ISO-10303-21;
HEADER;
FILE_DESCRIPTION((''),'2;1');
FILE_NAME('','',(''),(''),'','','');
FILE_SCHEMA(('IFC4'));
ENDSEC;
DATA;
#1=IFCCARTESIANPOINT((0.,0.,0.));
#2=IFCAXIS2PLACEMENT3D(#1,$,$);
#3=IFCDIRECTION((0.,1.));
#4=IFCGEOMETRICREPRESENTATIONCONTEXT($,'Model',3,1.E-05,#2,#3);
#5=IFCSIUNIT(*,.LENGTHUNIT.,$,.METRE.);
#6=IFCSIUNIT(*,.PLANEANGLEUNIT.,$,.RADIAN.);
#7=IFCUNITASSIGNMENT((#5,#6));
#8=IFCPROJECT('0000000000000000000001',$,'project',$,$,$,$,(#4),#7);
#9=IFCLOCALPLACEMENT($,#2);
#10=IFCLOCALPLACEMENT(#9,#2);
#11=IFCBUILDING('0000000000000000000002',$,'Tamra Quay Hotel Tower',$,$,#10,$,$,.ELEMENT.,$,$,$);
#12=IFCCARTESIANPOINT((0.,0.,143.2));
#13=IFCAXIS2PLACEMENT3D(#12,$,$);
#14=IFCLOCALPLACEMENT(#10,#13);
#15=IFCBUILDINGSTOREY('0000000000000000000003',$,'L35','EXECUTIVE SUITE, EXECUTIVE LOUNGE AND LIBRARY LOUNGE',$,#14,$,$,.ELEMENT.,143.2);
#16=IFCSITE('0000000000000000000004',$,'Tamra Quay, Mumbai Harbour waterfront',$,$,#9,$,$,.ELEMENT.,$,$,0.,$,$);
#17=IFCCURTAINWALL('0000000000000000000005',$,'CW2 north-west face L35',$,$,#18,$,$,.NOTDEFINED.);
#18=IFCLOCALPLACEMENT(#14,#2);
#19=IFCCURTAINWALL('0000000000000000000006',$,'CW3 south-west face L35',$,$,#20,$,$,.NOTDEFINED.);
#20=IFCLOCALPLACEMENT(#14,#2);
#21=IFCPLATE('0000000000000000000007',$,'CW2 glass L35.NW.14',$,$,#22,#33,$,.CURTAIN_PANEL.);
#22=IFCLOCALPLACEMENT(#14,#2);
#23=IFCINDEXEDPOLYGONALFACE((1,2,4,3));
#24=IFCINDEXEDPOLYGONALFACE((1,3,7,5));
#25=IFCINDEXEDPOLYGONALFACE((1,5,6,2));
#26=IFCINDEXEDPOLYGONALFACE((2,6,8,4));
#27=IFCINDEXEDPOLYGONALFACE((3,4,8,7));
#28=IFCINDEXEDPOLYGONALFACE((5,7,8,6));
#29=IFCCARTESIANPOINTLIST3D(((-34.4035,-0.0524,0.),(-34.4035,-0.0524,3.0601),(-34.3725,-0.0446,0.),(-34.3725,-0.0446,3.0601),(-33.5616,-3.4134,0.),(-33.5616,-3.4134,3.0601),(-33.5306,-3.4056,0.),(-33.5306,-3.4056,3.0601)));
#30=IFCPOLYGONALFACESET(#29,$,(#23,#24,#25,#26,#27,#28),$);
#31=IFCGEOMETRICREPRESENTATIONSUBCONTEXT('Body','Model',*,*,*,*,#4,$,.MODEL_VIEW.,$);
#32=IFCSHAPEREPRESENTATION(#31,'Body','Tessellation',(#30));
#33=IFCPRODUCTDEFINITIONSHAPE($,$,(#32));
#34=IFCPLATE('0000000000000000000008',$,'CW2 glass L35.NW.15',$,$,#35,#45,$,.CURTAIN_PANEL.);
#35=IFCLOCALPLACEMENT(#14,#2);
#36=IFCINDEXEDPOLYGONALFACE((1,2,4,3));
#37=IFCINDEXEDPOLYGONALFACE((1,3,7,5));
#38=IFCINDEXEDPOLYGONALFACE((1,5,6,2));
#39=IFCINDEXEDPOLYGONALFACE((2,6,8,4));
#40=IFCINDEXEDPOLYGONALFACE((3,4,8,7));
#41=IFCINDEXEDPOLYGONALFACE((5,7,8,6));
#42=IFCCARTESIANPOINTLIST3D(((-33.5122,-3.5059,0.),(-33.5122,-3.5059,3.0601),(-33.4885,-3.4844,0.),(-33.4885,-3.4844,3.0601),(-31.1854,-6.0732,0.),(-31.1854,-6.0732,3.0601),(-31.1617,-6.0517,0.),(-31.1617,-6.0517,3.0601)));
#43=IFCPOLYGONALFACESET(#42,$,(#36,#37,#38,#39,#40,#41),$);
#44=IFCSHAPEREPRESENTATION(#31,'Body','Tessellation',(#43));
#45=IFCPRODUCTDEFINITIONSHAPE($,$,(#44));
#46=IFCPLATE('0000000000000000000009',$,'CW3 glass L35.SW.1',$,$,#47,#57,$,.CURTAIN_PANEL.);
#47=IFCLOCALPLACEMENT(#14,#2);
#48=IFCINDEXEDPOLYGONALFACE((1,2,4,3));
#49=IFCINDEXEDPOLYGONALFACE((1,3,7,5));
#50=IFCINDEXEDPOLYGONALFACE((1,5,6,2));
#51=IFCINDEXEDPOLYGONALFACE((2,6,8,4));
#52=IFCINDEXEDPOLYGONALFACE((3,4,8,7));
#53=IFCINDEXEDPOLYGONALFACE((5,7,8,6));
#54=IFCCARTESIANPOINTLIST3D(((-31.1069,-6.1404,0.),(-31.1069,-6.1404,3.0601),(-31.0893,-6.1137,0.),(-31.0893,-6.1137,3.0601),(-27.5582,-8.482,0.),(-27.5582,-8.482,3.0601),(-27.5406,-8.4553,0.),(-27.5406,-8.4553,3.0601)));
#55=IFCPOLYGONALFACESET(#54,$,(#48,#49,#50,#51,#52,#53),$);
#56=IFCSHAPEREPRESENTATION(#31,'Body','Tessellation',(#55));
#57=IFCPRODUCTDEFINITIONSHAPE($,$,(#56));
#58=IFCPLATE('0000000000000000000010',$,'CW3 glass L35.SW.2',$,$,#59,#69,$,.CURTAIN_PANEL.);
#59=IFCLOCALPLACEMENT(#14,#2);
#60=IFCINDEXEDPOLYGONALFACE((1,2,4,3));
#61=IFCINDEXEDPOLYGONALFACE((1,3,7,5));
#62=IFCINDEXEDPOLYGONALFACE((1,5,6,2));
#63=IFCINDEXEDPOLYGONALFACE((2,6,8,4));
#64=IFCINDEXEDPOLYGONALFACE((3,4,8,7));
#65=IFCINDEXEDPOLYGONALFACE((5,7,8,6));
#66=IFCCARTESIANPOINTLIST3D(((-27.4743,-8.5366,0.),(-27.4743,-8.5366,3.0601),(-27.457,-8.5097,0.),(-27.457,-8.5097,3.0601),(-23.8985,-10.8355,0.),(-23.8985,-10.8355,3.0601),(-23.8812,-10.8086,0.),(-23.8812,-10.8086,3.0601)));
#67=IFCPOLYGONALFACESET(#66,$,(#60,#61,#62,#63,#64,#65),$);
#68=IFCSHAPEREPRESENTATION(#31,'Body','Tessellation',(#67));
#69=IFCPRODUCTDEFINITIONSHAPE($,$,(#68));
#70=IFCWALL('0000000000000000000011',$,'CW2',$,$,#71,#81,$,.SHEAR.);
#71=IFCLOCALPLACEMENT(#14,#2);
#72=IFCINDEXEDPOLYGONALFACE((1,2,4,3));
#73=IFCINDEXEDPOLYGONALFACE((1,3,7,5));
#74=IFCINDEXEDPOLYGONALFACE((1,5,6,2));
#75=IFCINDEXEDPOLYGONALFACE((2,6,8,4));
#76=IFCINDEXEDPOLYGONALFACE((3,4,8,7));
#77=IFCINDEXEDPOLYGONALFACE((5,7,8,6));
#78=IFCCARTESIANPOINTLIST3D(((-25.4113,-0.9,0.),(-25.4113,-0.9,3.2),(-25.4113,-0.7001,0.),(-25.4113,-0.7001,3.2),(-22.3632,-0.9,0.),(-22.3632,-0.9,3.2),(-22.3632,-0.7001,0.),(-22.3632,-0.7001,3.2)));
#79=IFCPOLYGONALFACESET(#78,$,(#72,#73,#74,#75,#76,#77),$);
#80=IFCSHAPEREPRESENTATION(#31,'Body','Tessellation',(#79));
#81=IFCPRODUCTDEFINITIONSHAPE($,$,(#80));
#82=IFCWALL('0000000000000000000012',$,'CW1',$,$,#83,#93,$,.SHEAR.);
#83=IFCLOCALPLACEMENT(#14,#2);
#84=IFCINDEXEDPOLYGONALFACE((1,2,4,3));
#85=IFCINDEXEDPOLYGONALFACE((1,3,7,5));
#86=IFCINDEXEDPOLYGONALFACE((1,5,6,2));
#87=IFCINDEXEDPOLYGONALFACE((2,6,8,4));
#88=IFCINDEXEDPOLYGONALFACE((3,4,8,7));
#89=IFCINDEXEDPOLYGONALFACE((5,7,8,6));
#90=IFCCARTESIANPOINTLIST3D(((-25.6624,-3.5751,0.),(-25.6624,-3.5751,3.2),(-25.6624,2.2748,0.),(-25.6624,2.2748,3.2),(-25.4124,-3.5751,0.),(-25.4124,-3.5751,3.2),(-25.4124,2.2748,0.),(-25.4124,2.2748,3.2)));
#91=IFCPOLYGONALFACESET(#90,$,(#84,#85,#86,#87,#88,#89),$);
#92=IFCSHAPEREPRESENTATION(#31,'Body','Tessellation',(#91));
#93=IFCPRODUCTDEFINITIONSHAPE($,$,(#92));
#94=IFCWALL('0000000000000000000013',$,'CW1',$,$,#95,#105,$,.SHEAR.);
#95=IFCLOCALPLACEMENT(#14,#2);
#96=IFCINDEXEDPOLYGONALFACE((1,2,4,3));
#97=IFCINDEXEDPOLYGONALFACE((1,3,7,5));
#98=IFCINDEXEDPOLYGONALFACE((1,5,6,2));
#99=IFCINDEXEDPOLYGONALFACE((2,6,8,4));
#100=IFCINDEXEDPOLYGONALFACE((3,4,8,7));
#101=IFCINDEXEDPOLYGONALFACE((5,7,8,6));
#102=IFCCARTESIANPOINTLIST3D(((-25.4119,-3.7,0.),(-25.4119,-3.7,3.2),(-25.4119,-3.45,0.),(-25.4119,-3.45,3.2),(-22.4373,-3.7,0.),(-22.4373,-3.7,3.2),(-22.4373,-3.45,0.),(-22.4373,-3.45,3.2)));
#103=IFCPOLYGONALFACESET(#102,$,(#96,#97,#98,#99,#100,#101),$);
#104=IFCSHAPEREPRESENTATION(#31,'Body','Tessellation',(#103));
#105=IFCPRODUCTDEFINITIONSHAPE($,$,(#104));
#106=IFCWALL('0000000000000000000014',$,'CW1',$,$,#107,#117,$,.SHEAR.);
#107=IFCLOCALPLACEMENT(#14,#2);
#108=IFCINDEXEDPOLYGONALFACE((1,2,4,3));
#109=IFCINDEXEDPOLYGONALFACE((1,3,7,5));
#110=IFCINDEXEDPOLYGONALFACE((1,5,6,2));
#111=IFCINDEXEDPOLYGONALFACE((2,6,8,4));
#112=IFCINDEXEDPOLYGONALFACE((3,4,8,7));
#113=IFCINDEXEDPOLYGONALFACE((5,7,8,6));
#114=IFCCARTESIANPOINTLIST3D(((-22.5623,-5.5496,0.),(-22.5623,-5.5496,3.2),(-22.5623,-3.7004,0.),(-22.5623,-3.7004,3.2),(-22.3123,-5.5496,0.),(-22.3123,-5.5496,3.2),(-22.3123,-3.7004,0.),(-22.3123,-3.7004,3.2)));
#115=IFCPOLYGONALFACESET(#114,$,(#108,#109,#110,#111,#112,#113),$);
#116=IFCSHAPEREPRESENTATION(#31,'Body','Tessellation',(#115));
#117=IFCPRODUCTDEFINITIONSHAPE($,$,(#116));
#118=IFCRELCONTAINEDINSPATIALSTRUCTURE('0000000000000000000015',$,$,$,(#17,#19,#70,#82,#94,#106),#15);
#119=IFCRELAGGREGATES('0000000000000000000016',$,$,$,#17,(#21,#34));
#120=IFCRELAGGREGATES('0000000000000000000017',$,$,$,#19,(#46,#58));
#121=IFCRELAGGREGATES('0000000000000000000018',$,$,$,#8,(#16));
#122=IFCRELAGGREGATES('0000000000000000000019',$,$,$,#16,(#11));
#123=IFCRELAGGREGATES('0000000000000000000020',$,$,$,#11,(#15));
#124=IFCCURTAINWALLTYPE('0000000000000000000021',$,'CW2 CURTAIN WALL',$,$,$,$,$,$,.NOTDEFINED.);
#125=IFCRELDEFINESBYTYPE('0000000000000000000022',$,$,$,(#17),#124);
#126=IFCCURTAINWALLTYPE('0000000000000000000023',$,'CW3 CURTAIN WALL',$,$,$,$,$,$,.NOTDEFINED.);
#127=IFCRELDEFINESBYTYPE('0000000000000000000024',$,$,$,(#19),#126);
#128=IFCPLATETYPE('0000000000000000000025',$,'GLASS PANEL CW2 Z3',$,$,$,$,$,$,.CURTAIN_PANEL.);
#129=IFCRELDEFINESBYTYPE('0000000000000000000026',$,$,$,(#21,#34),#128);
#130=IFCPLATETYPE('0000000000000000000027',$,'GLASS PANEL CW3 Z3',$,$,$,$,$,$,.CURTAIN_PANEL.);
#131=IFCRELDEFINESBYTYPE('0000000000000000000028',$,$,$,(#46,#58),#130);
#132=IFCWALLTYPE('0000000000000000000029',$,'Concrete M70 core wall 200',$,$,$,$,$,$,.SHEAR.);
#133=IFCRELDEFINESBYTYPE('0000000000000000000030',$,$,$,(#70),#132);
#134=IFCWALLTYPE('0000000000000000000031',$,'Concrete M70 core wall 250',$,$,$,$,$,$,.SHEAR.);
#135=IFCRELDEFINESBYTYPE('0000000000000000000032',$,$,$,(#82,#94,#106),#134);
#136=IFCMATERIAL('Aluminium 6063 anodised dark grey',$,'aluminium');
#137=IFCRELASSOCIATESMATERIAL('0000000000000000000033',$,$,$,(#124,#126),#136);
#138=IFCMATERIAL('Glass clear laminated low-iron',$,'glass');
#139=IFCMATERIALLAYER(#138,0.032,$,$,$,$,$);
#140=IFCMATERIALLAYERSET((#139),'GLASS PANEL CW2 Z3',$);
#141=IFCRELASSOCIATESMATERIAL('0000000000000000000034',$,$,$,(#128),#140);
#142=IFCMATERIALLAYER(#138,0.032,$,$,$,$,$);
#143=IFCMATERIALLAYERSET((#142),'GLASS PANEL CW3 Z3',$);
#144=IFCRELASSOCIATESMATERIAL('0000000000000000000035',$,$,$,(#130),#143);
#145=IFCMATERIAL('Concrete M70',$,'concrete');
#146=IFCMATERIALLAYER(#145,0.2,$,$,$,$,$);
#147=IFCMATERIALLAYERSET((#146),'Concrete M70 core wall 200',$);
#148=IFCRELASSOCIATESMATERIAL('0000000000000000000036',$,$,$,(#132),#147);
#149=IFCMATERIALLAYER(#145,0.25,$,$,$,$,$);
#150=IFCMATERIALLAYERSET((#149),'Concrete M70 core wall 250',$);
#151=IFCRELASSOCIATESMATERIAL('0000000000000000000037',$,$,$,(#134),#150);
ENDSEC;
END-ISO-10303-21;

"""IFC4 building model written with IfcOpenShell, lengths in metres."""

from ifc_helpers import new_model, si_unit, direction, frame, frame_2d, origin, origin_2d, place, context, subcontext, project, spatial, rectangle, extrude, material, layer, layer_set, type_object, element, aggregate, save


model = new_model("IFC4")

# Units and contexts
model_context = context("Model", 3, precision=1e-05, world=origin(), true_north=direction((0.0, 1.0)))
body_context = subcontext(model_context, "Body", "Model", "MODEL_VIEW")
ifc_project = project(units=[si_unit("LENGTHUNIT", "METRE"), si_unit("PLANEANGLEUNIT", "RADIAN")], contexts=[model_context])

# Site, building, storey
site_placement = place(None, origin())
site = spatial("IfcSite", under=ifc_project, at=site_placement, Name="Tamra Quay, Mumbai Harbour waterfront", CompositionType="ELEMENT", RefElevation=0.0)
building_placement = place(site_placement, origin())
building = spatial("IfcBuilding", under=site, at=building_placement, Name="Tamra Quay Hotel Tower", CompositionType="ELEMENT")
storey_placement = place(building_placement, frame((0.0, 0.0, 143.2)))
storey = spatial("IfcBuildingStorey", under=building, at=storey_placement, Name="L35", Description="EXECUTIVE SUITE, EXECUTIVE LOUNGE AND LIBRARY LOUNGE", CompositionType="ELEMENT", Elevation=143.2)

# Shared definitions
ifc_material_1 = material(Name="Concrete M70", Category="concrete")

# Curtain walls
ifc_material_2 = material(Name="Aluminium 6063 anodised dark grey", Category="aluminium")
curtain_wall_type_1 = type_object("IfcCurtainWallType", Name="CW2 CURTAIN WALL", PredefinedType="NOTDEFINED", material=ifc_material_2)
curtain_wall_1_placement = place(storey_placement, origin())
curtain_wall_1 = element("IfcCurtainWall", 1, at=curtain_wall_1_placement, inside=storey, type_object=curtain_wall_type_1, Name="CW2 north-west face L35", PredefinedType="NOTDEFINED")
curtain_wall_type_2 = type_object("IfcCurtainWallType", Name="CW3 CURTAIN WALL", PredefinedType="NOTDEFINED", material=ifc_material_2)
curtain_wall_2_placement = place(storey_placement, origin())
curtain_wall_2 = element("IfcCurtainWall", 2, at=curtain_wall_2_placement, inside=storey, type_object=curtain_wall_type_2, Name="CW3 south-west face L35", PredefinedType="NOTDEFINED")

# Plates
ifc_material_3 = material(Name="Glass clear laminated low-iron", Category="glass")
ifc_layer_1 = layer(ifc_material_3, 0.032)
ifc_layer_set_1 = layer_set([ifc_layer_1], Name="GLASS PANEL CW2 Z3")
plate_type_1 = type_object("IfcPlateType", Name="GLASS PANEL CW2 Z3", PredefinedType="CURTAIN_PANEL", material=ifc_layer_set_1)
plate_1_placement = place(storey_placement, frame((-33.967, -1.729, 0.0), z_axis=(0.0, 0.0, 1.0), x_axis=(0.242976, -0.970032, 0.0)))
plate_1 = element("IfcPlate", 3, at=plate_1_placement, type_object=plate_type_1, Name="CW2 glass L35.NW.14", PredefinedType="CURTAIN_PANEL", context=body_context, shape_type="SweptSolid", body=[
    extrude(rectangle(XDim=3.4648, YDim=0.032, at=origin_2d()), origin(), (0.0, 0.0, 1.0), 3.0601),
])
plate_2_placement = place(storey_placement, frame((-32.3369, -4.7788, 0.0), z_axis=(0.0, 0.0, 1.0), x_axis=(0.67155, -0.740959, 0.0)))
plate_2 = element("IfcPlate", 4, at=plate_2_placement, type_object=plate_type_1, Name="CW2 glass L35.NW.15", PredefinedType="CURTAIN_PANEL", context=body_context, shape_type="SweptSolid", body=[
    extrude(rectangle(XDim=3.4648, YDim=0.032, at=origin_2d()), origin(), (0.0, 0.0, 1.0), 3.0601),
])
aggregate(curtain_wall_1, [plate_1, plate_2])
ifc_layer_2 = layer(ifc_material_3, 0.032)
ifc_layer_set_2 = layer_set([ifc_layer_2], Name="GLASS PANEL CW3 Z3")
plate_type_2 = type_object("IfcPlateType", Name="GLASS PANEL CW3 Z3", PredefinedType="CURTAIN_PANEL", material=ifc_layer_set_2)
plate_3_placement = place(storey_placement, frame((-29.3237, -7.2979, 0.0), z_axis=(0.0, 0.0, 1.0), x_axis=(0.834663, -0.550761, 0.0)))
plate_3 = element("IfcPlate", 5, at=plate_3_placement, type_object=plate_type_2, Name="CW3 glass L35.SW.1", PredefinedType="CURTAIN_PANEL", context=body_context, shape_type="SweptSolid", body=[
    extrude(rectangle(XDim=4.2517, YDim=0.032, at=origin_2d()), origin(), (0.0, 0.0, 1.0), 3.0601),
])
plate_4_placement = place(storey_placement, frame((-25.6777, -9.6726, 0.0), z_axis=(0.0, 0.0, 1.0), x_axis=(0.841164, -0.54078, 0.0)))
plate_4 = element("IfcPlate", 6, at=plate_4_placement, type_object=plate_type_2, Name="CW3 glass L35.SW.2", PredefinedType="CURTAIN_PANEL", context=body_context, shape_type="SweptSolid", body=[
    extrude(rectangle(XDim=4.251, YDim=0.032, at=origin_2d()), origin(), (0.0, 0.0, 1.0), 3.0601),
])
aggregate(curtain_wall_2, [plate_3, plate_4])

# Walls
ifc_layer_3 = layer(ifc_material_1, 0.2)
ifc_layer_set_3 = layer_set([ifc_layer_3], Name="Concrete M70 core wall 200")
wall_type_1 = type_object("IfcWallType", Name="Concrete M70 core wall 200", PredefinedType="SHEAR", material=ifc_layer_set_3)
wall_1_placement = place(storey_placement, frame((-22.3633, -0.8, 0.0), z_axis=(0.0, 0.0, 1.0), x_axis=(-1.0, 0.0, 0.0)))
element("IfcWall", 7, at=wall_1_placement, inside=storey, type_object=wall_type_1, Name="CW2", PredefinedType="SHEAR", context=body_context, shape_type="SweptSolid", body=[
    extrude(rectangle(XDim=3.0481, YDim=0.2, at=frame_2d((1.5239, 0.0))), origin(), (0.0, 0.0, 1.0), 3.2),
])
ifc_layer_4 = layer(ifc_material_1, 0.25)
ifc_layer_set_4 = layer_set([ifc_layer_4], Name="Concrete M70 core wall 250")
wall_type_2 = type_object("IfcWallType", Name="Concrete M70 core wall 250", PredefinedType="SHEAR", material=ifc_layer_set_4)
wall_2_placement = place(storey_placement, frame((-25.5374, -3.575, 0.0), z_axis=(0.0, 0.0, 1.0), x_axis=(0.0, 1.0, 0.0)))
element("IfcWall", 8, at=wall_2_placement, inside=storey, type_object=wall_type_2, Name="CW1", PredefinedType="SHEAR", context=body_context, shape_type="SweptSolid", body=[
    extrude(rectangle(XDim=5.8499, YDim=0.25, at=frame_2d((2.9248, 0.0))), origin(), (0.0, 0.0, 1.0), 3.2),
])
wall_3_placement = place(storey_placement, frame((-22.4373, -3.575, 0.0), z_axis=(0.0, 0.0, 1.0), x_axis=(-1.0, 0.0, 0.0)))
element("IfcWall", 9, at=wall_3_placement, inside=storey, type_object=wall_type_2, Name="CW1", PredefinedType="SHEAR", context=body_context, shape_type="SweptSolid", body=[
    extrude(rectangle(XDim=2.9746, YDim=0.25, at=frame_2d((1.4873, 0.0))), origin(), (0.0, 0.0, 1.0), 3.2),
])
wall_4_placement = place(storey_placement, frame((-22.4373, -5.5496, 0.0), z_axis=(0.0, 0.0, 1.0), x_axis=(0.0, 1.0, 0.0)))
element("IfcWall", 10, at=wall_4_placement, inside=storey, type_object=wall_type_2, Name="CW1", PredefinedType="SHEAR", context=body_context, shape_type="SweptSolid", body=[
    extrude(rectangle(XDim=1.8491, YDim=0.25, at=frame_2d((0.9246, 0.0))), origin(), (0.0, 0.0, 1.0), 3.2),
])

save(model, "model.ifc")
